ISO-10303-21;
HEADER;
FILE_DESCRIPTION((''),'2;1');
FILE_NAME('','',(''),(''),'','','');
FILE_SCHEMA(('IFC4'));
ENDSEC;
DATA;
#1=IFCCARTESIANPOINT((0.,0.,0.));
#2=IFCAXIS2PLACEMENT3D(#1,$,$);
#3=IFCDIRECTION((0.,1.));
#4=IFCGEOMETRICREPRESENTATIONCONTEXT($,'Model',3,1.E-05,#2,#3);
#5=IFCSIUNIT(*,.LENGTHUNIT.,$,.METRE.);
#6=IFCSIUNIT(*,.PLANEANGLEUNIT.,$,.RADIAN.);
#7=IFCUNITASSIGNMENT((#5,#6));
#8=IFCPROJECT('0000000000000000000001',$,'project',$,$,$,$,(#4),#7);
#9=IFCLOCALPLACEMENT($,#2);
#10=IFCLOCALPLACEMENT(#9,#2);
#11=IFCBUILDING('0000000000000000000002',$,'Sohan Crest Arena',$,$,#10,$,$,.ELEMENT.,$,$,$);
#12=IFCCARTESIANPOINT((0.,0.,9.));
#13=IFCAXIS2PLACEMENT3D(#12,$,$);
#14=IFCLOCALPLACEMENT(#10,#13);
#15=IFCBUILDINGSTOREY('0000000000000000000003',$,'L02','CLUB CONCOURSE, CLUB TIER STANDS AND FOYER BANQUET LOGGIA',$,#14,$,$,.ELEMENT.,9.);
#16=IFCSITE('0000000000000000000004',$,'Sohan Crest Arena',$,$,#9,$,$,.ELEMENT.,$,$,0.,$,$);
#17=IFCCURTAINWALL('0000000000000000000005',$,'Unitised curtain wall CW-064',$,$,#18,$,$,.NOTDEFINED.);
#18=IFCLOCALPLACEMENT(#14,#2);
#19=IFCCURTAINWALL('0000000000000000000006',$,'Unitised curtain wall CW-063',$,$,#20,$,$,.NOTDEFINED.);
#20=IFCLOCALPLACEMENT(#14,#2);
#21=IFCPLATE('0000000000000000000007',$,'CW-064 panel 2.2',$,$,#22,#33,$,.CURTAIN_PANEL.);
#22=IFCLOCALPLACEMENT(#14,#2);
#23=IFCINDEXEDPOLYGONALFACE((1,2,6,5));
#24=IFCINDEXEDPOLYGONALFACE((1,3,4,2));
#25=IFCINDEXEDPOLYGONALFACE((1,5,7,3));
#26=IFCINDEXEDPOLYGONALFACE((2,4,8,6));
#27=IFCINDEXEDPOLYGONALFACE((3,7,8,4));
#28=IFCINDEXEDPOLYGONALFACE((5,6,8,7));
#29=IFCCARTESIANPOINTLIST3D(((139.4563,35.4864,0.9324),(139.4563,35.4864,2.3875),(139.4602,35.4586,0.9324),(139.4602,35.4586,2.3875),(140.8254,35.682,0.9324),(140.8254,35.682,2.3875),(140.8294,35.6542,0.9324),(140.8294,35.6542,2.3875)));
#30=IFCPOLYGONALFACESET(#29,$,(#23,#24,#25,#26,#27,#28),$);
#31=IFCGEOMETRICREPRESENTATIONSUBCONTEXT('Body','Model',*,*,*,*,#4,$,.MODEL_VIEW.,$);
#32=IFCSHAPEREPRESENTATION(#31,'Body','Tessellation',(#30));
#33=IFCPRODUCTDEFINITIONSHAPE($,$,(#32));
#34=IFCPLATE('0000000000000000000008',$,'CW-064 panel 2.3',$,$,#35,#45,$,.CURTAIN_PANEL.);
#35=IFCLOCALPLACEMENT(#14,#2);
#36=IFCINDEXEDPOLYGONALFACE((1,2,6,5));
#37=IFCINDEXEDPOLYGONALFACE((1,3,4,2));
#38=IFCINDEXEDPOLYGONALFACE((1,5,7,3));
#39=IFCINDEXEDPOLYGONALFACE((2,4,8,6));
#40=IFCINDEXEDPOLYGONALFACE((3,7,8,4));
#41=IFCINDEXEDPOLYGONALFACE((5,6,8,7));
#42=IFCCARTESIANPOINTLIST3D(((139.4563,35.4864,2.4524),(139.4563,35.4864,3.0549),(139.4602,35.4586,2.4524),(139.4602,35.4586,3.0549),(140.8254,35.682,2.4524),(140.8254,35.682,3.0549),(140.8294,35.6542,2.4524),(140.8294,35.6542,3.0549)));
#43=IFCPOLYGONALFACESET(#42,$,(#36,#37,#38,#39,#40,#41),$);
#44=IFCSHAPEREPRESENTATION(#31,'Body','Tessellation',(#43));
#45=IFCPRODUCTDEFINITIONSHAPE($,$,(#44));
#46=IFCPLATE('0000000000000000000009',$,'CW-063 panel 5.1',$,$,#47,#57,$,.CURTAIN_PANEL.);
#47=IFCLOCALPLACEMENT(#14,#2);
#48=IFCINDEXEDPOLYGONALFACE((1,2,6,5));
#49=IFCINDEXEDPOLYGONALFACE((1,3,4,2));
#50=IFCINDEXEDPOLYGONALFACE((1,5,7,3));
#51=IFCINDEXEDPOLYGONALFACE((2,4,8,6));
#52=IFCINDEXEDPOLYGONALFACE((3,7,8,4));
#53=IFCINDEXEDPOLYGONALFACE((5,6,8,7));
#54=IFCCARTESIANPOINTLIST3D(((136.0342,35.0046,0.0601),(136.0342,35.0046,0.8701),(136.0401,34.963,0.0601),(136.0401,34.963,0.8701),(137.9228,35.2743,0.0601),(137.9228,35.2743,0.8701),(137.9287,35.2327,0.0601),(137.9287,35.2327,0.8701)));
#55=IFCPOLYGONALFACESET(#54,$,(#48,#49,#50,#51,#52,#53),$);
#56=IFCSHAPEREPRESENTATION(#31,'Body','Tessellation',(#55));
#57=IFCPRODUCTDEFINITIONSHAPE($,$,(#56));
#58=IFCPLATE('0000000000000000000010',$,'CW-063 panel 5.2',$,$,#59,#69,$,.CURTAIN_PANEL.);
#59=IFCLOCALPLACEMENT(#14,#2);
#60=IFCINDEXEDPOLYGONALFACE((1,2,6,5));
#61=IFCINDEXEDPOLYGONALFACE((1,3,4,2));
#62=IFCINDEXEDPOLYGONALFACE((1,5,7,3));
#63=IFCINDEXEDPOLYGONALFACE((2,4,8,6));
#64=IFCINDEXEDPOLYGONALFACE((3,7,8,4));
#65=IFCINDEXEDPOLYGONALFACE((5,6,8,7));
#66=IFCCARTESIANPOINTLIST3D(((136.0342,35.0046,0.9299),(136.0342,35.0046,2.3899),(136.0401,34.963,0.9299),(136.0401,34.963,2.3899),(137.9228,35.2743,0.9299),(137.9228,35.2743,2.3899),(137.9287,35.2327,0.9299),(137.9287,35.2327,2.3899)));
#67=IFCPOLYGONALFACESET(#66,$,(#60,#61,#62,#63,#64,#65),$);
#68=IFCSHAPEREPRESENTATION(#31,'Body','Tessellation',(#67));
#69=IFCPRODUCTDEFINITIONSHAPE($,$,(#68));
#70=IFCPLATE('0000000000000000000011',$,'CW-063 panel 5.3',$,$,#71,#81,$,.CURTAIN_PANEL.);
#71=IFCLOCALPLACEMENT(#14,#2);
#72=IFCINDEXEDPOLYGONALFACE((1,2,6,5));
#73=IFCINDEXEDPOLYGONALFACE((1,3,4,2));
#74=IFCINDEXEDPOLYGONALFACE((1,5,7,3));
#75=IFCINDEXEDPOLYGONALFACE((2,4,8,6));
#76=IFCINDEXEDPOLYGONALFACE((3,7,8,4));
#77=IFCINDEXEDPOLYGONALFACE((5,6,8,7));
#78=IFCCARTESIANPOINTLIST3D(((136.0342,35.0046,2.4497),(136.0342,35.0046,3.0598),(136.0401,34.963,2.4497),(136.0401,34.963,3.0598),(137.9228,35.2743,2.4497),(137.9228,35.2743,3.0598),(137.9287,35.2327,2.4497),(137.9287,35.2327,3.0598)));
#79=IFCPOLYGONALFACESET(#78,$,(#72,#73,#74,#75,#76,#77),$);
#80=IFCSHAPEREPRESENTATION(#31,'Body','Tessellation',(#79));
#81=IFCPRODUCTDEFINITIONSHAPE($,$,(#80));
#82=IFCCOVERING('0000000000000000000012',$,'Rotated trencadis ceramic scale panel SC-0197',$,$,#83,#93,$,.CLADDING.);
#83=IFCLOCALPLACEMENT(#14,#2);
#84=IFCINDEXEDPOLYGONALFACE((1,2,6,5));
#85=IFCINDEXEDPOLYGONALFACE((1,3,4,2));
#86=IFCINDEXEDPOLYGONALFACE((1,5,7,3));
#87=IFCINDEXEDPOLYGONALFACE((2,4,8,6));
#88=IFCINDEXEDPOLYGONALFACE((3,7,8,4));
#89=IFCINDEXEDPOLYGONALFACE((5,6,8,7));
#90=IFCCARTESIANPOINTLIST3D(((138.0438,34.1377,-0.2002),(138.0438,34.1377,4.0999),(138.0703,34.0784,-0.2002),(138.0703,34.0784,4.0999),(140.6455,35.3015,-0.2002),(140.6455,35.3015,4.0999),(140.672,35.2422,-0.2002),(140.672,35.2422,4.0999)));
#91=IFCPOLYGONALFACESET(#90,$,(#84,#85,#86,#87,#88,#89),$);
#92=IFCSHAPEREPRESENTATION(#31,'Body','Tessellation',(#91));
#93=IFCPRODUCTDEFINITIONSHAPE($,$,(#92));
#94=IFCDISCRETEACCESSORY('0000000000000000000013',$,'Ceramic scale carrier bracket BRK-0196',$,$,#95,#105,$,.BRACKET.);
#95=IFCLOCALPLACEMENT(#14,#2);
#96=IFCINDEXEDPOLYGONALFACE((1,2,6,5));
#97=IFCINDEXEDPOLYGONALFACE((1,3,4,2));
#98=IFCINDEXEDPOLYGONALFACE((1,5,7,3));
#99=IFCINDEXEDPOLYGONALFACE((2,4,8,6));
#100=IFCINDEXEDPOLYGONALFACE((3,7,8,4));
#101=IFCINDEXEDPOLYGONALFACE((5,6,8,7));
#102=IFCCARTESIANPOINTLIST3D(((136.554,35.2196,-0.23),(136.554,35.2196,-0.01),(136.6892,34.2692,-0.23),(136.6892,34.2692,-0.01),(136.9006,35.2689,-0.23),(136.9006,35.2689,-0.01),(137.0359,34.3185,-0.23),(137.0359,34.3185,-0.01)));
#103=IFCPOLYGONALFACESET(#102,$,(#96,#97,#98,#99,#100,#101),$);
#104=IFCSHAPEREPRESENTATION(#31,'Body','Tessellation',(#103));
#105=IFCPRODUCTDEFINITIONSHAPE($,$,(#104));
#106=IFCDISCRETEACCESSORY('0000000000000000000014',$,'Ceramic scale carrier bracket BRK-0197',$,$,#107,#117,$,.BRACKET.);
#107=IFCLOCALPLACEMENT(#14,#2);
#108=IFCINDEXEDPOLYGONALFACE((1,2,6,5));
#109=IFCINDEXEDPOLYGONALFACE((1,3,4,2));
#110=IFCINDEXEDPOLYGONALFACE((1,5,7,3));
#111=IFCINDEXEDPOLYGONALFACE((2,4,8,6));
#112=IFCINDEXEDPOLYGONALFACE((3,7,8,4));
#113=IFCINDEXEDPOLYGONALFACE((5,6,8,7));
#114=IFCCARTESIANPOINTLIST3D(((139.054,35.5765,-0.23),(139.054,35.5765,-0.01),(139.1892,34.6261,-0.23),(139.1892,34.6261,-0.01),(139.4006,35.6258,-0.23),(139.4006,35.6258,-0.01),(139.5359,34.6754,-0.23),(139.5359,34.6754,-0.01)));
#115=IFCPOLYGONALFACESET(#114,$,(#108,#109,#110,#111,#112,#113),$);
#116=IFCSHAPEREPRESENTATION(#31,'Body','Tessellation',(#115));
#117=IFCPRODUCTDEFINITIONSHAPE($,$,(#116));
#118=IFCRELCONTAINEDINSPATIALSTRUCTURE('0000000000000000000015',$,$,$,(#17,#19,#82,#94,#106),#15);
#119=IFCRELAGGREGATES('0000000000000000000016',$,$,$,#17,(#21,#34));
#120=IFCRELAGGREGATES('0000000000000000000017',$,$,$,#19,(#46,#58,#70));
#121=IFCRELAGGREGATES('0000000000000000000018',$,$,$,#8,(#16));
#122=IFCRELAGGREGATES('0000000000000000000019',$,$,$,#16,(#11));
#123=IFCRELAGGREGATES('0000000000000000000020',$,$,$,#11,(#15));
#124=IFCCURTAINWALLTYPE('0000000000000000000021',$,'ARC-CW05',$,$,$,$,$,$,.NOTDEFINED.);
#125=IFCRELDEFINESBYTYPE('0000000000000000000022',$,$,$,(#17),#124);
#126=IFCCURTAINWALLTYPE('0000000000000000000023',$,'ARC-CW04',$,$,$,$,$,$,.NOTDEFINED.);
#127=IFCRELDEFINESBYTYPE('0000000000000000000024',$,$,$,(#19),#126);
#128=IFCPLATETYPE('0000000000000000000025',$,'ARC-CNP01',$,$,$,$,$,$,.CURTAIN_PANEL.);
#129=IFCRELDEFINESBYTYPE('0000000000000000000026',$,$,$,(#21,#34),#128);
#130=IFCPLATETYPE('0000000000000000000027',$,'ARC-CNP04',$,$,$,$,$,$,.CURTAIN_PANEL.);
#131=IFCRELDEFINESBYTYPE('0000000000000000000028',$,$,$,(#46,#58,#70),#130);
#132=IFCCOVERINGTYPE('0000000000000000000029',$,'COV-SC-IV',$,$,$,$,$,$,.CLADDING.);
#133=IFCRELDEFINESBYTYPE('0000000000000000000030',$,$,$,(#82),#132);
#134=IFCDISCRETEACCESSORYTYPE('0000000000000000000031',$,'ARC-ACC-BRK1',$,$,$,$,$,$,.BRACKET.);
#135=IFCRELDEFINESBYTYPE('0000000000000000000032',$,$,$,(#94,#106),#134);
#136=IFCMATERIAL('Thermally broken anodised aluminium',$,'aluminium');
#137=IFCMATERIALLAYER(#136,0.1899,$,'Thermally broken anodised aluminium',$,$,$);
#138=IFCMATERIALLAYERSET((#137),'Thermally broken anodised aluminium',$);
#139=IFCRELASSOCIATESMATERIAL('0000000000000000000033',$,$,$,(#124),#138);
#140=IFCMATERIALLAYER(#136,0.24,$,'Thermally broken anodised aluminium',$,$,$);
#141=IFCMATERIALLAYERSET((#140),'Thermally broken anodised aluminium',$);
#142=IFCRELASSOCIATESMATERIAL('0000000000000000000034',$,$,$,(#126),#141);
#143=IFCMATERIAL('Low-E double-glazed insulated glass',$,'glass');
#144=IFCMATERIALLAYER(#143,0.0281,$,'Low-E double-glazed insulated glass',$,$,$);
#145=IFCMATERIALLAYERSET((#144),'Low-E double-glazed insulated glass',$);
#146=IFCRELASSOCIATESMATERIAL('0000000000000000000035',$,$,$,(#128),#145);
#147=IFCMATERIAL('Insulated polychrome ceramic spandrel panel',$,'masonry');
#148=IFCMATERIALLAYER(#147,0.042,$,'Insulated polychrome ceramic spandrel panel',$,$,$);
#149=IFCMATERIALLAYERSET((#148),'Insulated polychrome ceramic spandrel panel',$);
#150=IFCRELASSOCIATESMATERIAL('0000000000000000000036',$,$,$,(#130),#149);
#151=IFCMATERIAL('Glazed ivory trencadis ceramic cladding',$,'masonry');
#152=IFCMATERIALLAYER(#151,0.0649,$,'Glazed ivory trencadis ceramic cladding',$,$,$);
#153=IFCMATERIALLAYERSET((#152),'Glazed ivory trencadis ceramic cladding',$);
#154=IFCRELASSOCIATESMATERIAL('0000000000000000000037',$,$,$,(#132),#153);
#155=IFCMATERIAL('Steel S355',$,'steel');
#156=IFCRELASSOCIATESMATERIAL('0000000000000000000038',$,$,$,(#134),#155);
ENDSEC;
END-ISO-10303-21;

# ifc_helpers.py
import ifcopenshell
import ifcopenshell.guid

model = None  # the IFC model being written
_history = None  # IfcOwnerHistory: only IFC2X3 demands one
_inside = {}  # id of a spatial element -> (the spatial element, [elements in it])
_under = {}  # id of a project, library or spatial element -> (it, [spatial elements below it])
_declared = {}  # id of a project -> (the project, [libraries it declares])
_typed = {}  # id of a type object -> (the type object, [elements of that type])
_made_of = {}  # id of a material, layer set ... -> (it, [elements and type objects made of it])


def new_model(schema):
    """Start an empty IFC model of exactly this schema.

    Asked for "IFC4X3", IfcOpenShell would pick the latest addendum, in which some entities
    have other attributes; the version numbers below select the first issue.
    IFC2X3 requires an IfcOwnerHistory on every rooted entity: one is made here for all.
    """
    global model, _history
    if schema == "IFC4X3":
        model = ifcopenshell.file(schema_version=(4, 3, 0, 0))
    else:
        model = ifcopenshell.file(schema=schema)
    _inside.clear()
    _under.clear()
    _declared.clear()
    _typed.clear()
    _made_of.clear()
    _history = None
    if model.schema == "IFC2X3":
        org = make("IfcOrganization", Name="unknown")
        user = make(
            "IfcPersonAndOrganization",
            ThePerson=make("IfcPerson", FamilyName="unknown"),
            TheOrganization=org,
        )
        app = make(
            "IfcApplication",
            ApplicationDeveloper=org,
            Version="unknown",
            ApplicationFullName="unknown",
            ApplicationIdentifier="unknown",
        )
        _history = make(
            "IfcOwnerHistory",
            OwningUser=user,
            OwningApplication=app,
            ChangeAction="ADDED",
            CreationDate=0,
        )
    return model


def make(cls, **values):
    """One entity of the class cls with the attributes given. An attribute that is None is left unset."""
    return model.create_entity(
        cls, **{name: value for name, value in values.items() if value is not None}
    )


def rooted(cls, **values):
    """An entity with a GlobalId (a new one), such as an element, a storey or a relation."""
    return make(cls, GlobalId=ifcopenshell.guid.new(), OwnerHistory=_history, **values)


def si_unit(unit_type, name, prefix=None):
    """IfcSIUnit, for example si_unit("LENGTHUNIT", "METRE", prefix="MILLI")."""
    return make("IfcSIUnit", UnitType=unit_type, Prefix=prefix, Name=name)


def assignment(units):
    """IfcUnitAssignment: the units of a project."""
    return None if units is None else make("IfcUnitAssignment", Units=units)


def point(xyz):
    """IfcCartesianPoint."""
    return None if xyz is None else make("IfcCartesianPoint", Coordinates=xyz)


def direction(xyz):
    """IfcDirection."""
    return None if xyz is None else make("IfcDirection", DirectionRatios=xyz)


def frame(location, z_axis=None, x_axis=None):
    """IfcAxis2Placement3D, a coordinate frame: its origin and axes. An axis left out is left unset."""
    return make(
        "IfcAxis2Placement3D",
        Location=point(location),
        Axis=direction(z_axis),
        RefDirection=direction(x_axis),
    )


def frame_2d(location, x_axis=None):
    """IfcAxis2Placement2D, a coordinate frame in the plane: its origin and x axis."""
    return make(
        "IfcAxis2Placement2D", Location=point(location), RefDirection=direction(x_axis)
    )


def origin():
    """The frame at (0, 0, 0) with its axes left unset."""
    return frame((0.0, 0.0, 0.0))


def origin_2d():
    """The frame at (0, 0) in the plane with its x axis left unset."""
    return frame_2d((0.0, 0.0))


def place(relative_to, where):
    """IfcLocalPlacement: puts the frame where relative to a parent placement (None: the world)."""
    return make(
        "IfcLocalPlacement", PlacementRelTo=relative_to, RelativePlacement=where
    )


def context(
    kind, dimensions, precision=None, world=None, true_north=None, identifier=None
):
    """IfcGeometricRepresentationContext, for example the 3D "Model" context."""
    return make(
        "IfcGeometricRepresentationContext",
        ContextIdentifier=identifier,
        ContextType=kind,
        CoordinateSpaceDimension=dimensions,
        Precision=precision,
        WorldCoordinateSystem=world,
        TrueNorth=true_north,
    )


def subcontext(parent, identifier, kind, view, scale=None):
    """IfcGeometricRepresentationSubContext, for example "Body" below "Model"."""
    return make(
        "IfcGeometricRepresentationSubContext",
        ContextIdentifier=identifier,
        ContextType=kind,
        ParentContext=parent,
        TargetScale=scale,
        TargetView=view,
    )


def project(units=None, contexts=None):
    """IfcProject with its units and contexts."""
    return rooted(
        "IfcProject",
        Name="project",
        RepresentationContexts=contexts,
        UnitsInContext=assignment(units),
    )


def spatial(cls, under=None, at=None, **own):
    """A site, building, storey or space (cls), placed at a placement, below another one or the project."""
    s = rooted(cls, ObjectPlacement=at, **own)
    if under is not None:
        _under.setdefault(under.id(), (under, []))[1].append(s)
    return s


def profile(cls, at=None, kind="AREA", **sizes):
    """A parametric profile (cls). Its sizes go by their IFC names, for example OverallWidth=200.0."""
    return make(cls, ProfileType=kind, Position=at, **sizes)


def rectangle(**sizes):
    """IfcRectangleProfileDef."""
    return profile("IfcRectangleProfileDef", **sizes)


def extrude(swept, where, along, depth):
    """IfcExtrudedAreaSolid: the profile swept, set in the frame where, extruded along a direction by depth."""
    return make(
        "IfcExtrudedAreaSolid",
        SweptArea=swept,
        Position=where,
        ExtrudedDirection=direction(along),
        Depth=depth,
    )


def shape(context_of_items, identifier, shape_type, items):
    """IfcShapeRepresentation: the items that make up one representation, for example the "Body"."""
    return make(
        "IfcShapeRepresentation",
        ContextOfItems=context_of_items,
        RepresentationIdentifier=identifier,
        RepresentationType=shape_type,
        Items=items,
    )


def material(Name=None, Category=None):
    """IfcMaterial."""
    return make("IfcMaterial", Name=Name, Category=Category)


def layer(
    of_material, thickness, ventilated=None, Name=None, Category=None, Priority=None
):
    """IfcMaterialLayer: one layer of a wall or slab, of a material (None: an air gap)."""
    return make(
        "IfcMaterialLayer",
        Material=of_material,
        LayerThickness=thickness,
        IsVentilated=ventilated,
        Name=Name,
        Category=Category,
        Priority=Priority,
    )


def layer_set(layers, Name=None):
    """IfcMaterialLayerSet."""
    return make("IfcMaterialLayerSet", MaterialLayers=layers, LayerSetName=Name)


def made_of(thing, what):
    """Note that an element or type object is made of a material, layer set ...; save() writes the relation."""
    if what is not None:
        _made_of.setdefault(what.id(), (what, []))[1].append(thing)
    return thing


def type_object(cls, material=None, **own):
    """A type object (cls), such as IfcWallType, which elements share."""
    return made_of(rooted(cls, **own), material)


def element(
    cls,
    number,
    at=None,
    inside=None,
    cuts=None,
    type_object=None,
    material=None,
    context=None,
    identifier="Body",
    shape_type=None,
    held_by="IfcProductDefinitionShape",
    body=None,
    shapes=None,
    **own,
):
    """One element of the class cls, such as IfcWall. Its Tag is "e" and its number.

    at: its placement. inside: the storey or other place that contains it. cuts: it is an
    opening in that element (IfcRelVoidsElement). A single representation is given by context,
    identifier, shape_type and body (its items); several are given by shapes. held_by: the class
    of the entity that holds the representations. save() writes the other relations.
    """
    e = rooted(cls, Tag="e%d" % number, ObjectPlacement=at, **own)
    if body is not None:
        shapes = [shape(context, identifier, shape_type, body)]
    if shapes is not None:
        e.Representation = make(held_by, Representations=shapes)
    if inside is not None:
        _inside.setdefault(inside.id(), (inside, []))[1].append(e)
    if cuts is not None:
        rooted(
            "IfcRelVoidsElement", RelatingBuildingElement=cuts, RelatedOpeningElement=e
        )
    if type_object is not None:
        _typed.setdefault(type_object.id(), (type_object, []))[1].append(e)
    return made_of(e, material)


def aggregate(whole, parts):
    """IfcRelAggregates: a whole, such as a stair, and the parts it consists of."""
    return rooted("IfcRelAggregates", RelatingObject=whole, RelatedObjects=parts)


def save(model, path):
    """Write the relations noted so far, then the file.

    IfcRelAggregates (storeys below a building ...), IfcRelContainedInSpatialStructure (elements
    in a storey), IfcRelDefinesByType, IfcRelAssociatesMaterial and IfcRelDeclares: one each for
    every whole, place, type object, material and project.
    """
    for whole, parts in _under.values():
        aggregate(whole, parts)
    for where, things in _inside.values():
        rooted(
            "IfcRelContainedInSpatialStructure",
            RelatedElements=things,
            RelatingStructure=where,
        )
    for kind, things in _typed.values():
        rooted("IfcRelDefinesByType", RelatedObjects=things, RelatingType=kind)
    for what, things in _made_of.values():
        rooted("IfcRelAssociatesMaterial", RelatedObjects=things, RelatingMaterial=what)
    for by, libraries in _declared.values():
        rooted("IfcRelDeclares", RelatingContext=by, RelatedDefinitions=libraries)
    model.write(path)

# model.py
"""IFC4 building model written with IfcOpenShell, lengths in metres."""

from ifc_helpers import new_model, si_unit, direction, frame, origin, origin_2d, place, context, subcontext, project, spatial, rectangle, extrude, material, layer, layer_set, type_object, element, aggregate, save


model = new_model("IFC4")

# Units and contexts
model_context = context("Model", 3, precision=1e-05, world=origin(), true_north=direction((0.0, 1.0)))
body_context = subcontext(model_context, "Body", "Model", "MODEL_VIEW")
ifc_project = project(units=[si_unit("LENGTHUNIT", "METRE"), si_unit("PLANEANGLEUNIT", "RADIAN")], contexts=[model_context])

# Site, building, storey
site_placement = place(None, origin())
site = spatial("IfcSite", under=ifc_project, at=site_placement, Name="Sohan Crest Arena", CompositionType="ELEMENT", RefElevation=0.0)
building_placement = place(site_placement, origin())
building = spatial("IfcBuilding", under=site, at=building_placement, Name="Sohan Crest Arena", CompositionType="ELEMENT")
storey_placement = place(building_placement, frame((0.0, 0.0, 9.0)))
storey = spatial("IfcBuildingStorey", under=building, at=storey_placement, Name="L02", Description="CLUB CONCOURSE, CLUB TIER STANDS AND FOYER BANQUET LOGGIA", CompositionType="ELEMENT", Elevation=9.0)

# Shared definitions
ifc_material_1 = material(Name="Steel S355", Category="steel")

# Curtain walls
ifc_material_2 = material(Name="Thermally broken anodised aluminium", Category="aluminium")
ifc_layer_1 = layer(ifc_material_2, 0.1899, Name="Thermally broken anodised aluminium")
ifc_layer_set_1 = layer_set([ifc_layer_1], Name="Thermally broken anodised aluminium")
curtain_wall_type_1 = type_object("IfcCurtainWallType", Name="ARC-CW05", PredefinedType="NOTDEFINED", material=ifc_layer_set_1)
curtain_wall_1_placement = place(storey_placement, origin())
curtain_wall_1 = element("IfcCurtainWall", 1, at=curtain_wall_1_placement, inside=storey, type_object=curtain_wall_type_1, Name="Unitised curtain wall CW-064", PredefinedType="NOTDEFINED")
ifc_layer_2 = layer(ifc_material_2, 0.24, Name="Thermally broken anodised aluminium")
ifc_layer_set_2 = layer_set([ifc_layer_2], Name="Thermally broken anodised aluminium")
curtain_wall_type_2 = type_object("IfcCurtainWallType", Name="ARC-CW04", PredefinedType="NOTDEFINED", material=ifc_layer_set_2)
curtain_wall_2_placement = place(storey_placement, origin())
curtain_wall_2 = element("IfcCurtainWall", 2, at=curtain_wall_2_placement, inside=storey, type_object=curtain_wall_type_2, Name="Unitised curtain wall CW-063", PredefinedType="NOTDEFINED")

# Plates
ifc_material_3 = material(Name="Low-E double-glazed insulated glass", Category="glass")
ifc_layer_3 = layer(ifc_material_3, 0.0281, Name="Low-E double-glazed insulated glass")
ifc_layer_set_3 = layer_set([ifc_layer_3], Name="Low-E double-glazed insulated glass")
plate_type_1 = type_object("IfcPlateType", Name="ARC-CNP01", PredefinedType="CURTAIN_PANEL", material=ifc_layer_set_3)
plate_1_placement = place(storey_placement, frame((140.1428, 35.5703, 0.9324), z_axis=(0.0, 0.0, 1.0), x_axis=(0.989944, 0.141463, 0.0)))
plate_1 = element("IfcPlate", 3, at=plate_1_placement, type_object=plate_type_1, Name="CW-064 panel 2.2", PredefinedType="CURTAIN_PANEL", context=body_context, shape_type="SweptSolid", body=[
    extrude(rectangle(XDim=1.3831, YDim=0.0281, at=origin_2d()), origin(), (0.0, 0.0, 1.0), 1.4551),
])
plate_2_placement = place(storey_placement, frame((140.1428, 35.5703, 2.4524), z_axis=(0.0, 0.0, 1.0), x_axis=(0.989944, 0.141463, 0.0)))
plate_2 = element("IfcPlate", 4, at=plate_2_placement, type_object=plate_type_1, Name="CW-064 panel 2.3", PredefinedType="CURTAIN_PANEL", context=body_context, shape_type="SweptSolid", body=[
    extrude(rectangle(XDim=1.3831, YDim=0.0281, at=origin_2d()), origin(), (0.0, 0.0, 1.0), 0.6025),
])
aggregate(curtain_wall_1, [plate_1, plate_2])
ifc_material_4 = material(Name="Insulated polychrome ceramic spandrel panel", Category="masonry")
ifc_layer_4 = layer(ifc_material_4, 0.042, Name="Insulated polychrome ceramic spandrel panel")
ifc_layer_set_4 = layer_set([ifc_layer_4], Name="Insulated polychrome ceramic spandrel panel")
plate_type_2 = type_object("IfcPlateType", Name="ARC-CNP04", PredefinedType="CURTAIN_PANEL", material=ifc_layer_set_4)
plate_3_placement = place(storey_placement, frame((136.9814, 35.1187, 0.0601), z_axis=(0.0, 0.0, 1.0), x_axis=(0.989957, 0.141366, 0.0)))
plate_3 = element("IfcPlate", 5, at=plate_3_placement, type_object=plate_type_2, Name="CW-063 panel 5.1", PredefinedType="CURTAIN_PANEL", context=body_context, shape_type="SweptSolid", body=[
    extrude(rectangle(XDim=1.9077, YDim=0.042, at=origin_2d()), origin(), (0.0, 0.0, 1.0), 0.8101),
])
plate_4_placement = place(storey_placement, frame((136.9814, 35.1187, 0.9299), z_axis=(0.0, 0.0, 1.0), x_axis=(0.989957, 0.141366, 0.0)))
plate_4 = element("IfcPlate", 6, at=plate_4_placement, type_object=plate_type_2, Name="CW-063 panel 5.2", PredefinedType="CURTAIN_PANEL", context=body_context, shape_type="SweptSolid", body=[
    extrude(rectangle(XDim=1.9077, YDim=0.042, at=origin_2d()), origin(), (0.0, 0.0, 1.0), 1.46),
])
plate_5_placement = place(storey_placement, frame((136.9814, 35.1187, 2.4497), z_axis=(0.0, 0.0, 1.0), x_axis=(0.989957, 0.141366, 0.0)))
plate_5 = element("IfcPlate", 7, at=plate_5_placement, type_object=plate_type_2, Name="CW-063 panel 5.3", PredefinedType="CURTAIN_PANEL", context=body_context, shape_type="SweptSolid", body=[
    extrude(rectangle(XDim=1.9077, YDim=0.042, at=origin_2d()), origin(), (0.0, 0.0, 1.0), 0.6101),
])
aggregate(curtain_wall_2, [plate_3, plate_4, plate_5])

# Covering
ifc_material_5 = material(Name="Glazed ivory trencadis ceramic cladding", Category="masonry")
ifc_layer_5 = layer(ifc_material_5, 0.0649, Name="Glazed ivory trencadis ceramic cladding")
ifc_layer_set_5 = layer_set([ifc_layer_5], Name="Glazed ivory trencadis ceramic cladding")
covering_type = type_object("IfcCoveringType", Name="COV-SC-IV", PredefinedType="CLADDING", material=ifc_layer_set_5)
covering_placement = place(storey_placement, frame((139.3579, 34.6899, -0.2002), z_axis=(0.0, 0.0, 1.0), x_axis=(0.912834, 0.40833, 0.0)))
element("IfcCovering", 8, at=covering_placement, inside=storey, type_object=covering_type, Name="Rotated trencadis ceramic scale panel SC-0197", PredefinedType="CLADDING", context=body_context, shape_type="SweptSolid", body=[
    extrude(rectangle(XDim=2.8501, YDim=0.0649, at=origin_2d()), origin(), (0.0, 0.0, 1.0), 4.3),
])

# Discrete accessories
discrete_accessory_type = type_object("IfcDiscreteAccessoryType", Name="ARC-ACC-BRK1", PredefinedType="BRACKET", material=ifc_material_1)
for number, where, z_axis, x_axis, name in (
    (9, (136.7949, 34.769, -0.23), (0.0, 0.0, 1.0), (0.990024, 0.140901, 0.0), "Ceramic scale carrier bracket BRK-0196"),
    (10, (139.2949, 35.126, -0.23), (0.0, 0.0, 1.0), (0.990024, 0.140901, 0.0), "Ceramic scale carrier bracket BRK-0197"),
):
    element("IfcDiscreteAccessory", number, at=place(storey_placement, frame(where, z_axis=z_axis, x_axis=x_axis)), inside=storey, type_object=discrete_accessory_type, Name=name, PredefinedType="BRACKET", context=body_context, shape_type="SweptSolid", body=[
        extrude(rectangle(XDim=0.3501, YDim=0.96, at=origin_2d()), origin(), (0.0, 0.0, 1.0), 0.22),
    ])

save(model, "model.ifc")
